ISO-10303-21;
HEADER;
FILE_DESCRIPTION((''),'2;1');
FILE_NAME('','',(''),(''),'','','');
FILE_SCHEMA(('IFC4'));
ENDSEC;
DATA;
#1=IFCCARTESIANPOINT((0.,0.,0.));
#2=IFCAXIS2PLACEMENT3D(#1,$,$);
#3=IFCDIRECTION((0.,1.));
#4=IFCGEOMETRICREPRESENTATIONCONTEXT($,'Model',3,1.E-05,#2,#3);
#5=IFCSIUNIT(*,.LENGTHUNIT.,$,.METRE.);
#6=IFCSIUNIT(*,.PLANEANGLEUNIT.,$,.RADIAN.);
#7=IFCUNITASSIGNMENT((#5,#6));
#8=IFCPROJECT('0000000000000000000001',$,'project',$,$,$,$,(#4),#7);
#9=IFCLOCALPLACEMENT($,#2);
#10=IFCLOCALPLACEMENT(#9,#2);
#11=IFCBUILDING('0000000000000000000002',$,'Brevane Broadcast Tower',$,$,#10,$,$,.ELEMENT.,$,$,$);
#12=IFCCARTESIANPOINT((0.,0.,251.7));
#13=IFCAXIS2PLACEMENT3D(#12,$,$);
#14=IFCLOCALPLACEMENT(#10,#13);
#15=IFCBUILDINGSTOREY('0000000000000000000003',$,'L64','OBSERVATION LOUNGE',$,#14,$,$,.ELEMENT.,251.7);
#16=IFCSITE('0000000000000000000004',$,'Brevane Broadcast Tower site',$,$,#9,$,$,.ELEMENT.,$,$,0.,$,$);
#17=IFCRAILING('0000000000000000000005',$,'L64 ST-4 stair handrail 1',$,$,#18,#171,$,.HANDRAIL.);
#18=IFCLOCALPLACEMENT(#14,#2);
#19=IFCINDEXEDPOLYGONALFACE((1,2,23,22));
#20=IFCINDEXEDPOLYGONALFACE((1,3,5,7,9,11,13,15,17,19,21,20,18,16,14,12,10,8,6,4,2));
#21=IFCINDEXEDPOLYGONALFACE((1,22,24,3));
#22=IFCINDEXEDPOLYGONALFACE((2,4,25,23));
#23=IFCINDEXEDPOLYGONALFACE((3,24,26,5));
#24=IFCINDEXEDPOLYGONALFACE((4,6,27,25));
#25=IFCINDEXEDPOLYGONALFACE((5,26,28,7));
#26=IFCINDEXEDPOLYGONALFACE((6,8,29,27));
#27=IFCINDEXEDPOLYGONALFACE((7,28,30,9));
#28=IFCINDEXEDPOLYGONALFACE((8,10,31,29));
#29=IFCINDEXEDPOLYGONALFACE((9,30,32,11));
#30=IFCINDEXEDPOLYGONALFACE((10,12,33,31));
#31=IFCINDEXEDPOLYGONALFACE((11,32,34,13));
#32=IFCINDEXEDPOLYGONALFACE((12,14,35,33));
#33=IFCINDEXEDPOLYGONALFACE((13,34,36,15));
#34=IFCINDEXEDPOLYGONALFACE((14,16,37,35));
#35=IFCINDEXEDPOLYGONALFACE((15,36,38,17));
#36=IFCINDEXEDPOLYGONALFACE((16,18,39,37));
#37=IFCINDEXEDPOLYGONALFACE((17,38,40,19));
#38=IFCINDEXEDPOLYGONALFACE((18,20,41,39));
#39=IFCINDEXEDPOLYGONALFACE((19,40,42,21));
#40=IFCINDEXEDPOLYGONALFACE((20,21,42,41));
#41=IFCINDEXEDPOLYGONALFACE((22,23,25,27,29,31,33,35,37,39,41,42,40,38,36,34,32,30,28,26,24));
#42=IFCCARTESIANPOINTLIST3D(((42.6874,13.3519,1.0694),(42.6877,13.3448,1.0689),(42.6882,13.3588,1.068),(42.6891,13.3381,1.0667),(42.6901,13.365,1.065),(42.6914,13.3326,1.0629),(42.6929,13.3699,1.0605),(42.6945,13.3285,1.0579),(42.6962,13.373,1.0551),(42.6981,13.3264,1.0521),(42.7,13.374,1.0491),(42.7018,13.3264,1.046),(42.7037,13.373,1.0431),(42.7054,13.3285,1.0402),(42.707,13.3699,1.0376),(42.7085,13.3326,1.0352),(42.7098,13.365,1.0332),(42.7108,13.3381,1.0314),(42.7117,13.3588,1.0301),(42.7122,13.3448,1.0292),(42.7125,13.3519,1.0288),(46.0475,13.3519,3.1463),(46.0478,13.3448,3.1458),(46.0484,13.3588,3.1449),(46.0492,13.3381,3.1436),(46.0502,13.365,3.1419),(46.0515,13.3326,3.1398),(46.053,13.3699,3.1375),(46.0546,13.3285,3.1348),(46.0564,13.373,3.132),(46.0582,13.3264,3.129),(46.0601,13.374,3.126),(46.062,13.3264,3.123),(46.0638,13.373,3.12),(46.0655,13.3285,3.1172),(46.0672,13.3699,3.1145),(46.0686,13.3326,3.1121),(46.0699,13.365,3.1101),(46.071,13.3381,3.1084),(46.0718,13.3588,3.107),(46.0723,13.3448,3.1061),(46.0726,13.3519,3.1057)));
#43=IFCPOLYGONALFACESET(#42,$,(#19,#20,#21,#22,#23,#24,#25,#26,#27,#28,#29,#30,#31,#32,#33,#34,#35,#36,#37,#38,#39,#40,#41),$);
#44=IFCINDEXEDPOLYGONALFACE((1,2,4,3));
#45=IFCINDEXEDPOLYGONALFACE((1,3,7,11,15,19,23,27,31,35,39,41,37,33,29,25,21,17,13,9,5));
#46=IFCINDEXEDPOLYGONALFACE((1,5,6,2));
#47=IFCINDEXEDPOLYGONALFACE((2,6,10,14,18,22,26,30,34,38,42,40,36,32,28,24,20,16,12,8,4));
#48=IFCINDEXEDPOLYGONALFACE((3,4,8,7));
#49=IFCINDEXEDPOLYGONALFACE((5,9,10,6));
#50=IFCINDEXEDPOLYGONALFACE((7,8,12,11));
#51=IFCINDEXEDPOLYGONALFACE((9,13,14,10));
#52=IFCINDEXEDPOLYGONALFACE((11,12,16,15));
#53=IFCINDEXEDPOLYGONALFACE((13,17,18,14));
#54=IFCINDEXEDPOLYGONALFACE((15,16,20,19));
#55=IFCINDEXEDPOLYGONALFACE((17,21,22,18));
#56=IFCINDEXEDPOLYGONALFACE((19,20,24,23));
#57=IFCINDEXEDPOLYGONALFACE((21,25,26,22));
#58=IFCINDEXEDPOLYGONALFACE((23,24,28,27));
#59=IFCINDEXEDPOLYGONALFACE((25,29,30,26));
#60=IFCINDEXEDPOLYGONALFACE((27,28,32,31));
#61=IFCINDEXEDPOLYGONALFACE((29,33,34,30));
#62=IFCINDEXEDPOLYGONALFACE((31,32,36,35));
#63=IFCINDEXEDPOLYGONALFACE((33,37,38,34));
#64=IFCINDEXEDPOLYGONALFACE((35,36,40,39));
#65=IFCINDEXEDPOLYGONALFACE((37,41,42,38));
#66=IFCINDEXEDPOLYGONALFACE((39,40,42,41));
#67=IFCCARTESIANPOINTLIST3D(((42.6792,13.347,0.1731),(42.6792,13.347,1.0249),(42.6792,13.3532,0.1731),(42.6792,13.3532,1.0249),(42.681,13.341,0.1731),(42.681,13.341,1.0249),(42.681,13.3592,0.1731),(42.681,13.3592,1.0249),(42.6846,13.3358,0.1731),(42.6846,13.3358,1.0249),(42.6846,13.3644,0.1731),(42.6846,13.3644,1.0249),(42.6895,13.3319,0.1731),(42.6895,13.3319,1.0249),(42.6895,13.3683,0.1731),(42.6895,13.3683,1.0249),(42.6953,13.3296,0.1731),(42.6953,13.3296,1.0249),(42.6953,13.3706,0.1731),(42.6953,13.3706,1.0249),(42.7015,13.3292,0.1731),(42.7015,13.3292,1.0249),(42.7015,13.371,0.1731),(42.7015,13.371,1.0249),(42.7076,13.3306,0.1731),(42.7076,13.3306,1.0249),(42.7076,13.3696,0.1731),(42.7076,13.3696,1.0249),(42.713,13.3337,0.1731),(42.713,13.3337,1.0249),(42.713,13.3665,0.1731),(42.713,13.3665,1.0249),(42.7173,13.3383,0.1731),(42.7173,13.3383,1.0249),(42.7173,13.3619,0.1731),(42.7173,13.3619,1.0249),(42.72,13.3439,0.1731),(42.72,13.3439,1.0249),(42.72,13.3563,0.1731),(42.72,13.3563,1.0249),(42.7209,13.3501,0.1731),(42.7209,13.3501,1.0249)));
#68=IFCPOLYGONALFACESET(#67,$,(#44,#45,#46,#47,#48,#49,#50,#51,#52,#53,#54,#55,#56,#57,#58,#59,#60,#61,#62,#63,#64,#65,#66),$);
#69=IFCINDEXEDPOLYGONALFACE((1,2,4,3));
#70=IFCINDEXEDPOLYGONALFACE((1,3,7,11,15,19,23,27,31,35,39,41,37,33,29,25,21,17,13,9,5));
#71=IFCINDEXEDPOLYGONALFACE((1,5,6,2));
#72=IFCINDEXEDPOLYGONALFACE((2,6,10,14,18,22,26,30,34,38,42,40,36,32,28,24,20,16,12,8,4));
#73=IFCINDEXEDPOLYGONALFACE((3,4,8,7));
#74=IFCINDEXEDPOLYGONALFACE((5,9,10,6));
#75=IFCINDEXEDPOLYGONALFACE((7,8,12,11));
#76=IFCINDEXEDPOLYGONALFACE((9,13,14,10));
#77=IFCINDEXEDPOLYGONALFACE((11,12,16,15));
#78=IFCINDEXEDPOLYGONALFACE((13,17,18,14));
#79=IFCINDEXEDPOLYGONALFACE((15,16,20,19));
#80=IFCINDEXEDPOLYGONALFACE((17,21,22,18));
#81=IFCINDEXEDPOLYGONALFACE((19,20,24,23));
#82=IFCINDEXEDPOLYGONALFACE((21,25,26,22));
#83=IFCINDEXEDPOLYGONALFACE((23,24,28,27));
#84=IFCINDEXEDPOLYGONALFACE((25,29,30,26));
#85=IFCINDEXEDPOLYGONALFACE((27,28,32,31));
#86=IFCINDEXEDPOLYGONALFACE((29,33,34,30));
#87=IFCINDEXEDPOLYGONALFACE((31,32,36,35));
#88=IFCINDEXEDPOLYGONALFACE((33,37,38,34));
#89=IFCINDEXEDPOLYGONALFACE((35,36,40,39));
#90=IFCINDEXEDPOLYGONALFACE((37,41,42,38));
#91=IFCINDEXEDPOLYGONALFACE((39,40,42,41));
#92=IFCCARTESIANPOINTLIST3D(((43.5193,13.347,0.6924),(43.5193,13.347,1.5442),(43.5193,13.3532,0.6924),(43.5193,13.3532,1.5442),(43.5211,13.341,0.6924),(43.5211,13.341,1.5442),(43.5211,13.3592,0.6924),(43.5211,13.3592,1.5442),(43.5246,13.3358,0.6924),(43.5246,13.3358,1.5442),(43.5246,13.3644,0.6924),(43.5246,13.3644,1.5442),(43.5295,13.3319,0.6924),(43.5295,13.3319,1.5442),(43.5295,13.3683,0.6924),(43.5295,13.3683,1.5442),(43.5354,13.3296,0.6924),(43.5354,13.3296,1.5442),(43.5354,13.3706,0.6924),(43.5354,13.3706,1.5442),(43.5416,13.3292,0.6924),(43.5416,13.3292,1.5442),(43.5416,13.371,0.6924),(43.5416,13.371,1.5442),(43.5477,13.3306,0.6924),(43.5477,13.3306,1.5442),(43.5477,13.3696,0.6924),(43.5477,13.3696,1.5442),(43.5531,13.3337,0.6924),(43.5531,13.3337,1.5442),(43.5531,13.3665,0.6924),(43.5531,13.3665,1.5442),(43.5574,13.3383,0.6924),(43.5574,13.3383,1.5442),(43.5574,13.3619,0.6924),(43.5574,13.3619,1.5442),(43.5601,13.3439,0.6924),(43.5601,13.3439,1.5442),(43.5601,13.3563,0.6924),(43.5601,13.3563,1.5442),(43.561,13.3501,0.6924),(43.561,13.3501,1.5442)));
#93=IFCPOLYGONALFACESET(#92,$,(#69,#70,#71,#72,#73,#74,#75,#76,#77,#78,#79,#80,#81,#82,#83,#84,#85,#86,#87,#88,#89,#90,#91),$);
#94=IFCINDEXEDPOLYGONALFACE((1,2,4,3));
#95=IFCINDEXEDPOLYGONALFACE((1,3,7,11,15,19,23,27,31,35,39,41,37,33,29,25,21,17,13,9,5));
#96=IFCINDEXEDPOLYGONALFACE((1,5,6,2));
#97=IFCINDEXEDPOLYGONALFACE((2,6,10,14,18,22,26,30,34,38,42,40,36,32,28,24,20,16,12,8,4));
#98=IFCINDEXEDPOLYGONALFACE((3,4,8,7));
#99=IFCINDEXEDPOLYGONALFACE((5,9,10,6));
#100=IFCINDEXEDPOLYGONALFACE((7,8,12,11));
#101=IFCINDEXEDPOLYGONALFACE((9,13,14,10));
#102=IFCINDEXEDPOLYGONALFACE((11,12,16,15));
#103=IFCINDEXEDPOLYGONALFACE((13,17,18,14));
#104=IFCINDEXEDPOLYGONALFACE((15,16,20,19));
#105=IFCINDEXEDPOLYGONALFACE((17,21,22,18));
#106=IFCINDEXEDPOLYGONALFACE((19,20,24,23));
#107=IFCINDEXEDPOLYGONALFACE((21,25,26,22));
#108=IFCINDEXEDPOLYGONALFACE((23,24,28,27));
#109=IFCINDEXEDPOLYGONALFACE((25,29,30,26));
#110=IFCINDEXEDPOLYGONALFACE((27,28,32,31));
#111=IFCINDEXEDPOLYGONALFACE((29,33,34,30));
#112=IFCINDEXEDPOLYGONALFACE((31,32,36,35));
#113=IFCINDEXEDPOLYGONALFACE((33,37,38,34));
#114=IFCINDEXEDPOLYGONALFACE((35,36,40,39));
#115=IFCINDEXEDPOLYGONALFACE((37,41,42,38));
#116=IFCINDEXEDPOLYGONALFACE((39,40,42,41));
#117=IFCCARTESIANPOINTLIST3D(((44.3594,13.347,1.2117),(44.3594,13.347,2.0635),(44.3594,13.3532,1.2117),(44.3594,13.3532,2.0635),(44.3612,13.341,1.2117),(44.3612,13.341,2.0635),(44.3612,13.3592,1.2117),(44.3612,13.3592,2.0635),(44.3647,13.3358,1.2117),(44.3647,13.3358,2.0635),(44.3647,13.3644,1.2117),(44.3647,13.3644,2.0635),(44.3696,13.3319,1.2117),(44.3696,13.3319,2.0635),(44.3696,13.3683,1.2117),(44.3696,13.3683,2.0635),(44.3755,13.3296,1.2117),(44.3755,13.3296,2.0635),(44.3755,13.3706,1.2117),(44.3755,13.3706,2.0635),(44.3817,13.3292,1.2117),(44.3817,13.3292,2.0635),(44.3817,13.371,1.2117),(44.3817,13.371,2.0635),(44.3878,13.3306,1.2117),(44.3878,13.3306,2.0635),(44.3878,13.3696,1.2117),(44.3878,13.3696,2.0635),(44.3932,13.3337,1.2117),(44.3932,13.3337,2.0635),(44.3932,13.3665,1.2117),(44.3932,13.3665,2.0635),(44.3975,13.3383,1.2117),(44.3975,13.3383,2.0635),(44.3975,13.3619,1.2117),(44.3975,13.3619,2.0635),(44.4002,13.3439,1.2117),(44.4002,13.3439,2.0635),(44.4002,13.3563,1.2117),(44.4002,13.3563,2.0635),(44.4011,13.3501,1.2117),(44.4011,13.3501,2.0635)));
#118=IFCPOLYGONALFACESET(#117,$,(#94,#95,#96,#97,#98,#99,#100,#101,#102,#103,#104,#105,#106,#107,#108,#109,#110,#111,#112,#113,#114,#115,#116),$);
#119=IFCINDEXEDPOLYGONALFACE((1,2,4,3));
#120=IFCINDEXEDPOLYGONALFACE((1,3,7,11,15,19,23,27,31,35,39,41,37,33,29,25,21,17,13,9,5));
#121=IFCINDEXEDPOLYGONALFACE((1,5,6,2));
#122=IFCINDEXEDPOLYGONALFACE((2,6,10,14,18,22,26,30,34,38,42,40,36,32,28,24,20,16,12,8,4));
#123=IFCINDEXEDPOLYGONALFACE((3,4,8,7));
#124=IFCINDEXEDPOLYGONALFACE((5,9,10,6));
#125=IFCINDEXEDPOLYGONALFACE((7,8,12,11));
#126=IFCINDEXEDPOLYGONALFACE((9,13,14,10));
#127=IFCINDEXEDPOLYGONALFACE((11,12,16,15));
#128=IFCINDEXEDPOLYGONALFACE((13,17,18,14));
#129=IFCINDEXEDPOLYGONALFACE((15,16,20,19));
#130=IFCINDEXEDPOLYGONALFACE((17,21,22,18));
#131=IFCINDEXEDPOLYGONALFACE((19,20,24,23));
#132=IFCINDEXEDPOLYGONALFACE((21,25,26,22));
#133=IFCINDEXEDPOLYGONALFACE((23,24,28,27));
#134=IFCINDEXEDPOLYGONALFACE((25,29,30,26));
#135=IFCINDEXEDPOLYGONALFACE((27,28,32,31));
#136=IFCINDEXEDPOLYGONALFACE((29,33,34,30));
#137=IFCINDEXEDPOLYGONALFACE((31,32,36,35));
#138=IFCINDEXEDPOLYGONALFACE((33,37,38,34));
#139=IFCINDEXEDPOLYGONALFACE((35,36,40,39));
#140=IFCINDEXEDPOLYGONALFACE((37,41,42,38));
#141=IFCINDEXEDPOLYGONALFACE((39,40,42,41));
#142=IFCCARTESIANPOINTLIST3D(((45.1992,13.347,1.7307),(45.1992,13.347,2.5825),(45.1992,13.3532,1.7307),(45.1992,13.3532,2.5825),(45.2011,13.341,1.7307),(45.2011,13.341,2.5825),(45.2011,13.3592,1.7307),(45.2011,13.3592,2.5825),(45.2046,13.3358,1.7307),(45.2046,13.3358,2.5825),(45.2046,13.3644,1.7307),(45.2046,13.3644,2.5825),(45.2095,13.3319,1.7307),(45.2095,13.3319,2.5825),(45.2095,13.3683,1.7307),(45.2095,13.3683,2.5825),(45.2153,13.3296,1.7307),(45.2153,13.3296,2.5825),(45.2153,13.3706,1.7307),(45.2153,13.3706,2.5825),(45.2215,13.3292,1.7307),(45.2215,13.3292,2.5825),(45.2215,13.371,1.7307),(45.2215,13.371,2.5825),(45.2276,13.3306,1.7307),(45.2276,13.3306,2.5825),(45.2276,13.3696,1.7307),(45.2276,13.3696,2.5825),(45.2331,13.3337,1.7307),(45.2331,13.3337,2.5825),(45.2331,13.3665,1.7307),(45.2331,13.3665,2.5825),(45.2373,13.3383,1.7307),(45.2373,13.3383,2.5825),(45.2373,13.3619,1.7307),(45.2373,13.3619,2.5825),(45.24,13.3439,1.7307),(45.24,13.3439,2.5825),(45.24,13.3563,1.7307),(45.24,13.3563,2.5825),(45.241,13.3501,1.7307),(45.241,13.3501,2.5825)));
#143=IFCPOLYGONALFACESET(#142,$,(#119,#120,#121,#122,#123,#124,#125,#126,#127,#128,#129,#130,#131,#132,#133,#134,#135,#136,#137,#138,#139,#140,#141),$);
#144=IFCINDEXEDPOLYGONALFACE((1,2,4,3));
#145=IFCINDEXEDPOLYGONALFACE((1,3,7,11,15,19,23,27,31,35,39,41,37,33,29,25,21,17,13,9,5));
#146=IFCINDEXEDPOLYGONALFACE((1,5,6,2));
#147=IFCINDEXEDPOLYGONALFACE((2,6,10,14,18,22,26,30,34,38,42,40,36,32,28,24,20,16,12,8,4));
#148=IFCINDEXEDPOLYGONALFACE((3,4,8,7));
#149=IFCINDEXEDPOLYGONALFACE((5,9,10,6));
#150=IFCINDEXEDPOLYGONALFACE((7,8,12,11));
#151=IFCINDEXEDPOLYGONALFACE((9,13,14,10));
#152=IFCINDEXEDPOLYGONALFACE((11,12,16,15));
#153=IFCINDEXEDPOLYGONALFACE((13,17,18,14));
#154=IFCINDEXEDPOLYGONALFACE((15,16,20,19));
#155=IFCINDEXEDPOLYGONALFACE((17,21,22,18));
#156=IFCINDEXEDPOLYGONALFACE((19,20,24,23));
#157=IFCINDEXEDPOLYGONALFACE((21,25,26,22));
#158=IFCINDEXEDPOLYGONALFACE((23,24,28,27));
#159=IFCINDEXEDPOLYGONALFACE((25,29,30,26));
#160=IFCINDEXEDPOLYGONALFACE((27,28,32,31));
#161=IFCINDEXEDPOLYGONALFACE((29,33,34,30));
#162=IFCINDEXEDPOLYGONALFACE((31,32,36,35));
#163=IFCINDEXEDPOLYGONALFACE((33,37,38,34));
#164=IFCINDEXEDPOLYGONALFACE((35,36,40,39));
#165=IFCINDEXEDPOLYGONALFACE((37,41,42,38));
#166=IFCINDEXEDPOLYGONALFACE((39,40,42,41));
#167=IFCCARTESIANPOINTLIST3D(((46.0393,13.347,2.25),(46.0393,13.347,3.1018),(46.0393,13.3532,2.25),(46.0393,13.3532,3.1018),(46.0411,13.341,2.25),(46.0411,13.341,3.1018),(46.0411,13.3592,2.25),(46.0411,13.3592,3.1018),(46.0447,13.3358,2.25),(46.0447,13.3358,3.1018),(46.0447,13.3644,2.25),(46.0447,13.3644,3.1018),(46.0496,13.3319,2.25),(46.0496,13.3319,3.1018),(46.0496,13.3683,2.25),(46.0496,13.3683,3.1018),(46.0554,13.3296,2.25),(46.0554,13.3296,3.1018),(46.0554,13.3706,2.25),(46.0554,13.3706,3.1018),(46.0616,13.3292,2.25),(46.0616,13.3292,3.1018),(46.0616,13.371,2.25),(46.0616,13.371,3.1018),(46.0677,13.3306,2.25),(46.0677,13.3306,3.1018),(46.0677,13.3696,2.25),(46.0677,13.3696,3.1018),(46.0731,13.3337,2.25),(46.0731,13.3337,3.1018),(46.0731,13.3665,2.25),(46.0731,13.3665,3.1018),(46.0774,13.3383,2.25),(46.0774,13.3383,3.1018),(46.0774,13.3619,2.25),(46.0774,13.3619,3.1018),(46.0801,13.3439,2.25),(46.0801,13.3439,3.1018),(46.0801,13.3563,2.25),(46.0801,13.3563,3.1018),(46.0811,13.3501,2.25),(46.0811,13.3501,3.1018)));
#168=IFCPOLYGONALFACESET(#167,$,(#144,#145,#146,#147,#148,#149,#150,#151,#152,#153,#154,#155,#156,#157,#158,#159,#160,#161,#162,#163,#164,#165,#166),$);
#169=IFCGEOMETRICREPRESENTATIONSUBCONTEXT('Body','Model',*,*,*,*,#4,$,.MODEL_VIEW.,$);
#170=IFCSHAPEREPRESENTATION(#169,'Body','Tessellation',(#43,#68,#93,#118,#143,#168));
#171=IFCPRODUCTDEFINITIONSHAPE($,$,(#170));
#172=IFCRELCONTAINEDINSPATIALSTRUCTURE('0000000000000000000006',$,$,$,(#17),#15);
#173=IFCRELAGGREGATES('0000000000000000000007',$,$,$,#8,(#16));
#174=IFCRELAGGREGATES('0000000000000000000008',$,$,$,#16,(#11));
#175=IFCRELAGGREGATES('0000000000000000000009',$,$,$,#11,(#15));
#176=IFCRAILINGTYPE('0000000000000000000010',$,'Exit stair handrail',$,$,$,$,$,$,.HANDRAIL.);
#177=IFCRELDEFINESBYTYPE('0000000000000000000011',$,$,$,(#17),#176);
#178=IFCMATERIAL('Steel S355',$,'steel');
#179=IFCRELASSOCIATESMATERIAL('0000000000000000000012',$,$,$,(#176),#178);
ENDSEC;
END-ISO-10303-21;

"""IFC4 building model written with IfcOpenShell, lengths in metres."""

from ifc_helpers import new_model, si_unit, direction, frame, origin, origin_2d, place, context, subcontext, project, spatial, circle, extrude, material, type_object, element, save


model = new_model("IFC4")

# Units and contexts
model_context = context("Model", 3, precision=1e-05, world=origin(), true_north=direction((0.0, 1.0)))
body_context = subcontext(model_context, "Body", "Model", "MODEL_VIEW")
ifc_project = project(units=[si_unit("LENGTHUNIT", "METRE"), si_unit("PLANEANGLEUNIT", "RADIAN")], contexts=[model_context])

# Site, building, storey
site_placement = place(None, origin())
site = spatial("IfcSite", under=ifc_project, at=site_placement, Name="Brevane Broadcast Tower site", CompositionType="ELEMENT", RefElevation=0.0)
building_placement = place(site_placement, origin())
building = spatial("IfcBuilding", under=site, at=building_placement, Name="Brevane Broadcast Tower", CompositionType="ELEMENT")
storey_placement = place(building_placement, frame((0.0, 0.0, 251.7)))
storey = spatial("IfcBuildingStorey", under=building, at=storey_placement, Name="L64", Description="OBSERVATION LOUNGE", CompositionType="ELEMENT", Elevation=251.7)

# Railing
ifc_material_1 = material(Name="Steel S355", Category="steel")
railing_type_1 = type_object("IfcRailingType", Name="Exit stair handrail", PredefinedType="HANDRAIL", material=ifc_material_1)
railing_1_placement = place(storey_placement, frame((42.7, 13.3501, 0.1731)))
element("IfcRailing", 1, at=railing_1_placement, inside=storey, type_object=railing_type_1, Name="L64 ST-4 stair handrail 1", PredefinedType="HANDRAIL", context=body_context, shape_type="SweptSolid", body=[
    extrude(circle(Radius=0.0239, at=origin_2d()), frame((0.0, 0.0, 0.876), z_axis=(0.850623, 0.0, 0.525776), x_axis=(0.0, 1.0, 0.0)), (0.0, 0.0, 1.0), 3.9502),
    extrude(circle(Radius=0.021, at=origin_2d()), origin(), (0.0, 0.0, 1.0), 0.8518),
    extrude(circle(Radius=0.021, at=origin_2d()), frame((0.8401, 0.0, 0.5193)), (0.0, 0.0, 1.0), 0.8518),
    extrude(circle(Radius=0.021, at=origin_2d()), frame((1.6802, 0.0, 1.0386)), (0.0, 0.0, 1.0), 0.8518),
    extrude(circle(Radius=0.021, at=origin_2d()), frame((2.52, 0.0, 1.5576)), (0.0, 0.0, 1.0), 0.8518),
    extrude(circle(Radius=0.021, at=origin_2d()), frame((3.3601, 0.0, 2.0769)), (0.0, 0.0, 1.0), 0.8518),
])

save(model, "model.ifc")
